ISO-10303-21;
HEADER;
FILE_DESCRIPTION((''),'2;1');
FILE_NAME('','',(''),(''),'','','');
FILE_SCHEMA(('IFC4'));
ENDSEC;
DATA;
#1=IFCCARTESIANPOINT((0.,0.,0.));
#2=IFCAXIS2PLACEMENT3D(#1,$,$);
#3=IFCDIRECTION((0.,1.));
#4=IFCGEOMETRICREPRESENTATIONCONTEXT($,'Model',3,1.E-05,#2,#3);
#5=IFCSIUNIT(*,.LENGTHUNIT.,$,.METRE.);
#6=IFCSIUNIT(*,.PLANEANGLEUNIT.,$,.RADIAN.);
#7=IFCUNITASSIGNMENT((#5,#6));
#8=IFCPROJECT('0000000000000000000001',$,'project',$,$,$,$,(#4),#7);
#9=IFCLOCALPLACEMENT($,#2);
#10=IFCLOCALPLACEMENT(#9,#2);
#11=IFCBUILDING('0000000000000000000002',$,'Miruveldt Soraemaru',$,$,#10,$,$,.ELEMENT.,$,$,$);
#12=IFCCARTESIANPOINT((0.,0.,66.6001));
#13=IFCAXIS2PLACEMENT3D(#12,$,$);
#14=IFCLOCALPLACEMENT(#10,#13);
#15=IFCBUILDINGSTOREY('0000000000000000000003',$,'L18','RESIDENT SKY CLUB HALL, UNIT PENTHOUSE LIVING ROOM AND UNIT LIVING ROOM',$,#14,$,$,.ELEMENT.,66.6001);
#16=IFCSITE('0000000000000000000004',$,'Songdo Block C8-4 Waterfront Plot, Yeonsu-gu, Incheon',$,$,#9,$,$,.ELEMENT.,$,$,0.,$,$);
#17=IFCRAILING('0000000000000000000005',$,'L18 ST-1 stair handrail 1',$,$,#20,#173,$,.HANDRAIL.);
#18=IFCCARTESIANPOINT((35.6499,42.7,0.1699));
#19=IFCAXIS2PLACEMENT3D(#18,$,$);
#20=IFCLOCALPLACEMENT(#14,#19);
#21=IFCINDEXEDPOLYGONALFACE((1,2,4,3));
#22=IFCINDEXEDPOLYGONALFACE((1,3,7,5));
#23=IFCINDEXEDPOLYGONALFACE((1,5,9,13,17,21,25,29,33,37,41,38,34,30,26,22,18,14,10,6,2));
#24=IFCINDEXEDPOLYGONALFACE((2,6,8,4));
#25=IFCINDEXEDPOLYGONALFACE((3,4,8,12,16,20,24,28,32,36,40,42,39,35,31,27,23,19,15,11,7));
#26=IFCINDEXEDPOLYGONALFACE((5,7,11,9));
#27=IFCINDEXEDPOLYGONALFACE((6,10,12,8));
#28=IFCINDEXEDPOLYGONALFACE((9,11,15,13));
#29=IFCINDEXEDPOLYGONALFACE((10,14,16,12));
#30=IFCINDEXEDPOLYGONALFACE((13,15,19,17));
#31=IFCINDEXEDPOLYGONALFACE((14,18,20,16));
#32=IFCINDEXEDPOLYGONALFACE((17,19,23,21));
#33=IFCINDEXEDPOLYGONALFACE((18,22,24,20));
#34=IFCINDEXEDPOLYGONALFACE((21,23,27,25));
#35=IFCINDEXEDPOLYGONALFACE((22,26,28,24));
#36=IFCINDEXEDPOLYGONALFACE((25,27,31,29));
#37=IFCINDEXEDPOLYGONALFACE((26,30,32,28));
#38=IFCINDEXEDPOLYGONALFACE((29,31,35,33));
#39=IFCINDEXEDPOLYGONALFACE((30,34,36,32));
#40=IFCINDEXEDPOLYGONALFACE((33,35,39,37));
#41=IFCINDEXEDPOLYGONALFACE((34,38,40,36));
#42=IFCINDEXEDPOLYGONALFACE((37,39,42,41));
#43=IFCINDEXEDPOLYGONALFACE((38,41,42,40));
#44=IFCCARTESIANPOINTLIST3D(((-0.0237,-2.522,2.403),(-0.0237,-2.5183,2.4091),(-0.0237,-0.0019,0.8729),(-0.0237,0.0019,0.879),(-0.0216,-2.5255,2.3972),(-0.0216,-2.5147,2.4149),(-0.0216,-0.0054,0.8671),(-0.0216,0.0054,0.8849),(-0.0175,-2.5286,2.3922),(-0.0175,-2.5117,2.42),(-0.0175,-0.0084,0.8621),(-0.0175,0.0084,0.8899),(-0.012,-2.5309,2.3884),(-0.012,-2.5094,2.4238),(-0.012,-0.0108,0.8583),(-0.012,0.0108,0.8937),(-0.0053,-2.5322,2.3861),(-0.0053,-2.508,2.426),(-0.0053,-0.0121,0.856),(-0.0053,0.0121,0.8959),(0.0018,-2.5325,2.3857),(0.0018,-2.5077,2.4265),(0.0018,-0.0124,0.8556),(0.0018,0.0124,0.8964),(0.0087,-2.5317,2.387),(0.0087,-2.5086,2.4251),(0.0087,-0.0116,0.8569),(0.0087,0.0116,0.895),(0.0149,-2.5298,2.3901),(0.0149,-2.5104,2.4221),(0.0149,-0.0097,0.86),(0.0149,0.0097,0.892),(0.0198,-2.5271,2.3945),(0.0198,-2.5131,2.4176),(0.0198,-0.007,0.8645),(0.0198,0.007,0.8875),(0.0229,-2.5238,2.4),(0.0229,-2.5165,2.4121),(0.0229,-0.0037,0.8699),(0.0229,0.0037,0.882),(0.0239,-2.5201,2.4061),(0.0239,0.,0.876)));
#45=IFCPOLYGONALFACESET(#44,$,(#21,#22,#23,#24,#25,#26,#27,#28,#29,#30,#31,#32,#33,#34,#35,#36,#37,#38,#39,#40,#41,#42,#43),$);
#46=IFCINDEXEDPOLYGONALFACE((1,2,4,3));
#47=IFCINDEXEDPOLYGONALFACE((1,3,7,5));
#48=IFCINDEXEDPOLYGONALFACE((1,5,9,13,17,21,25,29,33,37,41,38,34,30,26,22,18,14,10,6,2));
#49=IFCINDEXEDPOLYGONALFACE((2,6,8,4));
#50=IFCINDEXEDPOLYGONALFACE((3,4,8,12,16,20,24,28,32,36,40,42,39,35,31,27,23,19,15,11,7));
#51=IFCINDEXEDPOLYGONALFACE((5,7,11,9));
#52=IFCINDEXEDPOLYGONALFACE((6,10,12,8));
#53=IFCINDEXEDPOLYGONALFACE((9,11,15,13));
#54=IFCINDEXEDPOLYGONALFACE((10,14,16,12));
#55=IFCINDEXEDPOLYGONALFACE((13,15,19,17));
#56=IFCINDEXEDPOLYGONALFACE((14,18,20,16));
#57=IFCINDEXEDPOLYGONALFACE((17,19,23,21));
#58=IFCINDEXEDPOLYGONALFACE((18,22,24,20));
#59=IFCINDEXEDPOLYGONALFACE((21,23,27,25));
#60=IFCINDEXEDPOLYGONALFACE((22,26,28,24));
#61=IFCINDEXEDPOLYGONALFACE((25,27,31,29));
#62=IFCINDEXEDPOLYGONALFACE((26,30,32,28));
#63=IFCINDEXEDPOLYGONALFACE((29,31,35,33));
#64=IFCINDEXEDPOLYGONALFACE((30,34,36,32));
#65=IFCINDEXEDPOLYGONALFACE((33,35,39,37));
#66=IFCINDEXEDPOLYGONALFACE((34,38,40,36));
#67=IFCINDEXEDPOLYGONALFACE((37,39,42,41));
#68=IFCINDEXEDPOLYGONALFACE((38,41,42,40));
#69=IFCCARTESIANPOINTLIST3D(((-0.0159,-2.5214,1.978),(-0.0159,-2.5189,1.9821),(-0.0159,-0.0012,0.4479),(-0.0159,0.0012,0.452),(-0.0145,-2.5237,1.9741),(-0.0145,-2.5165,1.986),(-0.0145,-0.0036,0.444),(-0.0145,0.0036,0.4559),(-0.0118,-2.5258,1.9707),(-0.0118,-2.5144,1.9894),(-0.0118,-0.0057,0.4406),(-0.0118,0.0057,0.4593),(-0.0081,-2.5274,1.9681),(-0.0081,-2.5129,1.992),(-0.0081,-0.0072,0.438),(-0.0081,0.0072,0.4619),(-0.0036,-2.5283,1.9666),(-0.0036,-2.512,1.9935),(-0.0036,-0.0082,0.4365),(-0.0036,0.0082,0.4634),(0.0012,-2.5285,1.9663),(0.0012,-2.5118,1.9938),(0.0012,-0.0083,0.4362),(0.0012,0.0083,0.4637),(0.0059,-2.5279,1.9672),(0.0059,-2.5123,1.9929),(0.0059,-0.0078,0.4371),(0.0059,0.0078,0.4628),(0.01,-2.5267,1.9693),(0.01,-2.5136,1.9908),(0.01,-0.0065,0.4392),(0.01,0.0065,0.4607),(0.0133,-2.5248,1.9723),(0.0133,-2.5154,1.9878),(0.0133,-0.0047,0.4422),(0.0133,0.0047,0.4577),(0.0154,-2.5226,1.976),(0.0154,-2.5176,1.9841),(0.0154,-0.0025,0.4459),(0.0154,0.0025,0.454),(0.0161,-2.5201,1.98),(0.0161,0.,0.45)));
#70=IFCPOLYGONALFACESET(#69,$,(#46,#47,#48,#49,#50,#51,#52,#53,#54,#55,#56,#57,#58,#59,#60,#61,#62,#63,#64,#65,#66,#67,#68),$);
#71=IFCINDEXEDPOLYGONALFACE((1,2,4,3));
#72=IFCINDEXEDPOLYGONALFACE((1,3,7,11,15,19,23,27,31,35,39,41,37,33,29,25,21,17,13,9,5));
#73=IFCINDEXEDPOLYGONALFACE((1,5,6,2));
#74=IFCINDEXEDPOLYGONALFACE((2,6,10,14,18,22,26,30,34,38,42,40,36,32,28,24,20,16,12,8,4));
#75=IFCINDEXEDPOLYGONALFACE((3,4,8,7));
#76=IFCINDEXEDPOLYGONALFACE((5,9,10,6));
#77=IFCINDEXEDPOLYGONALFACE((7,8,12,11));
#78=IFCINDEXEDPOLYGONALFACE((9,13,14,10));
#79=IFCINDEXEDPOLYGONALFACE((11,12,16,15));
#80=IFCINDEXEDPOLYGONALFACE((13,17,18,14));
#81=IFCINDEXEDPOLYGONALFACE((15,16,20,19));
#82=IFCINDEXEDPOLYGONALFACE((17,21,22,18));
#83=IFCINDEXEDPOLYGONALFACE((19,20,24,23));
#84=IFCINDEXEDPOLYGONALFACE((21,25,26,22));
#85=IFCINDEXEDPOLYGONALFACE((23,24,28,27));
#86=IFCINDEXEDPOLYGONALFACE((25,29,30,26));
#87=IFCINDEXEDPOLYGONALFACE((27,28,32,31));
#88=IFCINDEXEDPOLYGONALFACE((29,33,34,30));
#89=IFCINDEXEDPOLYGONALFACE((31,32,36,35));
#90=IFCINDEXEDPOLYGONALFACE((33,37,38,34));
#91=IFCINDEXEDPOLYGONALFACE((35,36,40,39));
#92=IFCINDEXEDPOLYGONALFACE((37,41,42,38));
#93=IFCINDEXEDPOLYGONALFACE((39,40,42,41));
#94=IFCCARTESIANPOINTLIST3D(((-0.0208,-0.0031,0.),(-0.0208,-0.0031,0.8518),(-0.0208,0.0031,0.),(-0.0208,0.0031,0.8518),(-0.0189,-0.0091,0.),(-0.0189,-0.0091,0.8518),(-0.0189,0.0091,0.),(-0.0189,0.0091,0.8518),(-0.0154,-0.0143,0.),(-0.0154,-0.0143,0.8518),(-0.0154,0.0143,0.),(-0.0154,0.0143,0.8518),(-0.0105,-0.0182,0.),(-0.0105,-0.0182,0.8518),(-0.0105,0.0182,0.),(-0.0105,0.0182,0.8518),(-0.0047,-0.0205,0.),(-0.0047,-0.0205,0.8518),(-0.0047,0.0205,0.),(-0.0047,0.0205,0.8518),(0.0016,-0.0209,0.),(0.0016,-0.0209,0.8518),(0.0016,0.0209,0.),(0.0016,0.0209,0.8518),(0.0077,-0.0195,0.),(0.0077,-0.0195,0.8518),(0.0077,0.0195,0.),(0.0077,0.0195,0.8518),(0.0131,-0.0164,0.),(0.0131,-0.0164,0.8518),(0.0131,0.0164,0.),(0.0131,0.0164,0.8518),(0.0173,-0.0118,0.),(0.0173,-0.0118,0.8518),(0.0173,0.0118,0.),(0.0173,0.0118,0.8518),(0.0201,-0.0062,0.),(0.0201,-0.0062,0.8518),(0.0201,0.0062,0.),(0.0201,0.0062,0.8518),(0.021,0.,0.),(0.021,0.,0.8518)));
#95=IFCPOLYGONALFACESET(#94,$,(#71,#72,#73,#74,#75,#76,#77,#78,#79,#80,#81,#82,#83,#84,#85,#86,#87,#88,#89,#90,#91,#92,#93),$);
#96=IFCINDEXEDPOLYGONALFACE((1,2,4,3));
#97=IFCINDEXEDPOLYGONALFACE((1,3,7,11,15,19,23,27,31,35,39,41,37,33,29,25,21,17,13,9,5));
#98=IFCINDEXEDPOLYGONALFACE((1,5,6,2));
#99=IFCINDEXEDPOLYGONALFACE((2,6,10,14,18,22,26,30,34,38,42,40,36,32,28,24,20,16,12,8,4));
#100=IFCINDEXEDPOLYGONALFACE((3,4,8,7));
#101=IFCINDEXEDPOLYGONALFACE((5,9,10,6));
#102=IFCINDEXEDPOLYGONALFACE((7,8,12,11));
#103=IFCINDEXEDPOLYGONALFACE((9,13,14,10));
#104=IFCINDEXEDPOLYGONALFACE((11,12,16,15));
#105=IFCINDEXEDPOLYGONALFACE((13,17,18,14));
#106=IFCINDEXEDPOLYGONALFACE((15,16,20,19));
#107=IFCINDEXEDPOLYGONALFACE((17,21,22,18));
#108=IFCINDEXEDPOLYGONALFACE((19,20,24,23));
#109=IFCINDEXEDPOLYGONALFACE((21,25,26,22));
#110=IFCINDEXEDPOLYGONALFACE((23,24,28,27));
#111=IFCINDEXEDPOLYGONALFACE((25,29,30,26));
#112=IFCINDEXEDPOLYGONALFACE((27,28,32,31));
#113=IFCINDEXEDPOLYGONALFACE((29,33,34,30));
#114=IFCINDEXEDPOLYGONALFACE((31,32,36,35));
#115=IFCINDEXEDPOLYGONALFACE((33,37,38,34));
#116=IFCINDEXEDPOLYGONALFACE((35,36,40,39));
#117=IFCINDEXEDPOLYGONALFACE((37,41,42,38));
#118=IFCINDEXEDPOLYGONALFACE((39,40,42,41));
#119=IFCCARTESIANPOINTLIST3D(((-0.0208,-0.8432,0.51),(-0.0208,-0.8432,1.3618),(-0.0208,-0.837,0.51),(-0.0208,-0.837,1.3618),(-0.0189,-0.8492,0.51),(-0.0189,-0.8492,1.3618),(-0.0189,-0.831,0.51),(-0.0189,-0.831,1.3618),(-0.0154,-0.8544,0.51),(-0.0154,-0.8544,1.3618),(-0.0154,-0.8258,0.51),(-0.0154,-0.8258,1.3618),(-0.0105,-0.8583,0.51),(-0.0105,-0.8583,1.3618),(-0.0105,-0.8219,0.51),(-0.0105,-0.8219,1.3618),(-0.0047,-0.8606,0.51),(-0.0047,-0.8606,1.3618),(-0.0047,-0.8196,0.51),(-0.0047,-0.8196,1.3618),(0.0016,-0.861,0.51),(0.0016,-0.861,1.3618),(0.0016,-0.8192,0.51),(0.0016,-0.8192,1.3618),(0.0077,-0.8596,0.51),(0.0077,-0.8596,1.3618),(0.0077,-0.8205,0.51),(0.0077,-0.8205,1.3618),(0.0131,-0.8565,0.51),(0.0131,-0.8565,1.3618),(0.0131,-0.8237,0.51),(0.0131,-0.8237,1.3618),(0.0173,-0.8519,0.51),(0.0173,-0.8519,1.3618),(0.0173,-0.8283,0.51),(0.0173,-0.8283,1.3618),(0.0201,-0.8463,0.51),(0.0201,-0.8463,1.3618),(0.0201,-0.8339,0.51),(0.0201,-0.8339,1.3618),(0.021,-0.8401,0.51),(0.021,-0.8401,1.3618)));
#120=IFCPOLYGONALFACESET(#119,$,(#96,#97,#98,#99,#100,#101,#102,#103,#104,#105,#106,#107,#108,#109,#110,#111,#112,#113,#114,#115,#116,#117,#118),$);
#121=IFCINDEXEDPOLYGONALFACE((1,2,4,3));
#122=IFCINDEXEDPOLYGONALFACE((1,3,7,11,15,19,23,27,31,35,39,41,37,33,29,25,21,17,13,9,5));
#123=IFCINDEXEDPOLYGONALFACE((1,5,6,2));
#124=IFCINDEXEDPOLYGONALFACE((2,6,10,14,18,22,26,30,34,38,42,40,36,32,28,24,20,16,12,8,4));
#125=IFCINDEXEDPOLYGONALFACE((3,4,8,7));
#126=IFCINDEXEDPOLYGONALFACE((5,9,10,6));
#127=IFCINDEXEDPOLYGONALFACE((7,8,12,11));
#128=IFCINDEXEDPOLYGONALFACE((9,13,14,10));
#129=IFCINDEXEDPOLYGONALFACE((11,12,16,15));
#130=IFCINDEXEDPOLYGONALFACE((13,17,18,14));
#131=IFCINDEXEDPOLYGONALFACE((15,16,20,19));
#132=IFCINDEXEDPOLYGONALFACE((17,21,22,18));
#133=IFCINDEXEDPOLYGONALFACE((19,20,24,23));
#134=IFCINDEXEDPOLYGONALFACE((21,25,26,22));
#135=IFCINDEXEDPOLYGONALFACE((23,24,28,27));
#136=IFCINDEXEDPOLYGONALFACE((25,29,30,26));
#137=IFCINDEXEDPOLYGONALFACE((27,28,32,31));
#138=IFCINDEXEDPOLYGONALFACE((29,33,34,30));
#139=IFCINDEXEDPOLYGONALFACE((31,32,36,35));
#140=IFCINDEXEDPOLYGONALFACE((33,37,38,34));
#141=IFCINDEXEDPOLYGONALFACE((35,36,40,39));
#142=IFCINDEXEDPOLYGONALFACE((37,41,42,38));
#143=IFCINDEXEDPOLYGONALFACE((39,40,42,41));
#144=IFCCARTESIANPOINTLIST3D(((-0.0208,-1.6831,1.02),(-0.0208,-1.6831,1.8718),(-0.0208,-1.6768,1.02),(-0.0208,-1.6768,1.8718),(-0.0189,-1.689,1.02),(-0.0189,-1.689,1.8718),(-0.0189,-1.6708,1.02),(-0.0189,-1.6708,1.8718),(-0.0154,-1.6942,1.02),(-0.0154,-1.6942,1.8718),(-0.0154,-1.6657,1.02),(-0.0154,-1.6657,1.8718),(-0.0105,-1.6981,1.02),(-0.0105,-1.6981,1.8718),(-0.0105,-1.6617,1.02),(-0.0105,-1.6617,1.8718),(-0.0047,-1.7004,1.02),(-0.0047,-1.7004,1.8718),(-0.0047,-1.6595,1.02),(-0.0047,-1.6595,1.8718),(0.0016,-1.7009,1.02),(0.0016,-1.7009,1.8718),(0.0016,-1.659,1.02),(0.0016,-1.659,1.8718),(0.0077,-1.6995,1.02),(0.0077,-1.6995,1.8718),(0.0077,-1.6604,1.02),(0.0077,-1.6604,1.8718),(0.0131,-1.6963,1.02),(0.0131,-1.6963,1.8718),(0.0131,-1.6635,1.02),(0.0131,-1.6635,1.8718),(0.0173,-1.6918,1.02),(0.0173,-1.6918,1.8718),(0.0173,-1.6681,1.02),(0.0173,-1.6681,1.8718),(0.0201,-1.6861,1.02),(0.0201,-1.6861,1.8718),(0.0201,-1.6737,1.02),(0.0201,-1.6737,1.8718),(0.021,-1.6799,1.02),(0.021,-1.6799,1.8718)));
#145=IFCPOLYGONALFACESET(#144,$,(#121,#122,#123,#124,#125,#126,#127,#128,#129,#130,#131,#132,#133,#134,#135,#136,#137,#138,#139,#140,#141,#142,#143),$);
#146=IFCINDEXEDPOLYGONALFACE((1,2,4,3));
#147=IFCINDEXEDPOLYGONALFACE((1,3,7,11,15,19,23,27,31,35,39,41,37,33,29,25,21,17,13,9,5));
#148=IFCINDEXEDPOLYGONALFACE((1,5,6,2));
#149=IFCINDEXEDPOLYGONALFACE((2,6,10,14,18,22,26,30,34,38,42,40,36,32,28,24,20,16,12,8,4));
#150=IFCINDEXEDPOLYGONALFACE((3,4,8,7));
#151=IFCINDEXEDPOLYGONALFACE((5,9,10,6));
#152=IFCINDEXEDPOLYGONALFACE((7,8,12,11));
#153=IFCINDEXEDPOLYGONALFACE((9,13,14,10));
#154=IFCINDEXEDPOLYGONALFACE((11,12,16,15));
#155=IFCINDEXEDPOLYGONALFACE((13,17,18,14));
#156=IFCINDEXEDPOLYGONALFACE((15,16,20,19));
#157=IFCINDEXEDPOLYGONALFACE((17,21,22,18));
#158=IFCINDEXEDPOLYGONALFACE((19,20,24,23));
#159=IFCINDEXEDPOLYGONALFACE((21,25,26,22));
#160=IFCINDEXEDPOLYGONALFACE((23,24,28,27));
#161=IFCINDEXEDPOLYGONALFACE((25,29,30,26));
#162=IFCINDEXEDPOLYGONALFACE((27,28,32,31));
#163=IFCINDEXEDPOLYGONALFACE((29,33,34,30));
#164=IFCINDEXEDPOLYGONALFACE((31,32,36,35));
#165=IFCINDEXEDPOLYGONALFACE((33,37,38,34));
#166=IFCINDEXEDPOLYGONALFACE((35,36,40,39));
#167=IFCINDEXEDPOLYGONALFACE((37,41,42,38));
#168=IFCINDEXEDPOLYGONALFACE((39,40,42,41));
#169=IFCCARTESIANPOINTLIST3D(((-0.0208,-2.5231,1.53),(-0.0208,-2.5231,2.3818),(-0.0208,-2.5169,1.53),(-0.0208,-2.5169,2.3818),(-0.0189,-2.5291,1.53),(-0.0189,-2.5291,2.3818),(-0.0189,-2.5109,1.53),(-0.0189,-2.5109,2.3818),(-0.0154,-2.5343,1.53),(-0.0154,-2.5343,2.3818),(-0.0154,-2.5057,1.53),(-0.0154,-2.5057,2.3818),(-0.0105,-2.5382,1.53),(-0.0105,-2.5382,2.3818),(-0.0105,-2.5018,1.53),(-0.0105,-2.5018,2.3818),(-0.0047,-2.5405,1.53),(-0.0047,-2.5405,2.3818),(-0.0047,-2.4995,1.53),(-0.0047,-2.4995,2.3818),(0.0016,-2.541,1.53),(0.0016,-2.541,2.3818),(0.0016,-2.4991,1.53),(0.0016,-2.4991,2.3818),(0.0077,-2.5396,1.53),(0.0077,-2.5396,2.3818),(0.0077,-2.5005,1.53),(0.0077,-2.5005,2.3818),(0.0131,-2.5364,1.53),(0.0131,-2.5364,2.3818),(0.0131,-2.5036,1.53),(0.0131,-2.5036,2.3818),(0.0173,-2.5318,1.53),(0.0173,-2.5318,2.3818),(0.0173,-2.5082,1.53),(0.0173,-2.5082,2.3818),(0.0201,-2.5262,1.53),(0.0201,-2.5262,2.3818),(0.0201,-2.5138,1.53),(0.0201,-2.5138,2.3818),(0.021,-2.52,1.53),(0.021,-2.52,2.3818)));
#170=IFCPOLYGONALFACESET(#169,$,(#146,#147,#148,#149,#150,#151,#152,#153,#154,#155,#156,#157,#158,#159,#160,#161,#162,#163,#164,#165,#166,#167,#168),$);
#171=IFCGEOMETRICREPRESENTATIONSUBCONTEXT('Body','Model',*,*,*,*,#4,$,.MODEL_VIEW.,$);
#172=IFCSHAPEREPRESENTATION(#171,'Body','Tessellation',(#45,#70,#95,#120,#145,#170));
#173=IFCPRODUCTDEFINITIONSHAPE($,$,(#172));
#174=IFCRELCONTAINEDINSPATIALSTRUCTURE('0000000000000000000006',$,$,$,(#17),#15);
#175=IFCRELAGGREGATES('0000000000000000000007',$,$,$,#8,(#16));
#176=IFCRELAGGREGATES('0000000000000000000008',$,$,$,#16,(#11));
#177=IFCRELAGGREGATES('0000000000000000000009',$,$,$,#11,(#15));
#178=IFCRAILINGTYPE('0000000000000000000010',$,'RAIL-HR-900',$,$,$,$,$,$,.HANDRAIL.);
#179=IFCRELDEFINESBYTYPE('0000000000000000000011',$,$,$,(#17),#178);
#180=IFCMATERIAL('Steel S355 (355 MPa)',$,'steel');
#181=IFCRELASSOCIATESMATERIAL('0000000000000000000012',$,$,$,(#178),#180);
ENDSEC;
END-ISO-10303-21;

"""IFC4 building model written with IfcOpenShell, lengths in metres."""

from ifc_helpers import new_model, si_unit, direction, frame, origin, origin_2d, place, context, subcontext, project, spatial, circle, extrude, material, type_object, element, save


model = new_model("IFC4")

# Units and contexts
model_context = context("Model", 3, precision=1e-05, world=origin(), true_north=direction((0.0, 1.0)))
body_context = subcontext(model_context, "Body", "Model", "MODEL_VIEW")
ifc_project = project(units=[si_unit("LENGTHUNIT", "METRE"), si_unit("PLANEANGLEUNIT", "RADIAN")], contexts=[model_context])

# Site, building, storey
site_placement = place(None, origin())
site = spatial("IfcSite", under=ifc_project, at=site_placement, Name="Songdo Block C8-4 Waterfront Plot, Yeonsu-gu, Incheon", CompositionType="ELEMENT", RefElevation=0.0)
building_placement = place(site_placement, origin())
building = spatial("IfcBuilding", under=site, at=building_placement, Name="Miruveldt Soraemaru", CompositionType="ELEMENT")
storey_placement = place(building_placement, frame((0.0, 0.0, 66.6001)))
storey = spatial("IfcBuildingStorey", under=building, at=storey_placement, Name="L18", Description="RESIDENT SKY CLUB HALL, UNIT PENTHOUSE LIVING ROOM AND UNIT LIVING ROOM", CompositionType="ELEMENT", Elevation=66.6001)

# Railing
ifc_material_1 = material(Name="Steel S355 (355 MPa)", Category="steel")
railing_type_1 = type_object("IfcRailingType", Name="RAIL-HR-900", PredefinedType="HANDRAIL", material=ifc_material_1)
railing_1_placement = place(storey_placement, frame((35.6499, 42.7, 0.1699)))
element("IfcRailing", 1, at=railing_1_placement, inside=storey, type_object=railing_type_1, Name="L18 ST-1 stair handrail 1", PredefinedType="HANDRAIL", context=body_context, shape_type="SweptSolid", body=[
    extrude(circle(Radius=0.0239, at=origin_2d()), frame((0.0, 0.0, 0.876), z_axis=(0.0, -0.854785, 0.518982), x_axis=(1.0, 0.0, 0.0)), (0.0, 0.0, 1.0), 2.9482),
    extrude(circle(Radius=0.0161, at=origin_2d()), frame((0.0, 0.0, 0.45), z_axis=(0.0, -0.854785, 0.518982), x_axis=(1.0, 0.0, 0.0)), (0.0, 0.0, 1.0), 2.9482),
    extrude(circle(Radius=0.021, at=origin_2d()), origin(), (0.0, 0.0, 1.0), 0.8518),
    extrude(circle(Radius=0.021, at=origin_2d()), frame((0.0, -0.8401, 0.51)), (0.0, 0.0, 1.0), 0.8518),
    extrude(circle(Radius=0.021, at=origin_2d()), frame((0.0, -1.6799, 1.02)), (0.0, 0.0, 1.0), 0.8518),
    extrude(circle(Radius=0.021, at=origin_2d()), frame((0.0, -2.52, 1.53)), (0.0, 0.0, 1.0), 0.8518),
])

save(model, "model.ifc")
